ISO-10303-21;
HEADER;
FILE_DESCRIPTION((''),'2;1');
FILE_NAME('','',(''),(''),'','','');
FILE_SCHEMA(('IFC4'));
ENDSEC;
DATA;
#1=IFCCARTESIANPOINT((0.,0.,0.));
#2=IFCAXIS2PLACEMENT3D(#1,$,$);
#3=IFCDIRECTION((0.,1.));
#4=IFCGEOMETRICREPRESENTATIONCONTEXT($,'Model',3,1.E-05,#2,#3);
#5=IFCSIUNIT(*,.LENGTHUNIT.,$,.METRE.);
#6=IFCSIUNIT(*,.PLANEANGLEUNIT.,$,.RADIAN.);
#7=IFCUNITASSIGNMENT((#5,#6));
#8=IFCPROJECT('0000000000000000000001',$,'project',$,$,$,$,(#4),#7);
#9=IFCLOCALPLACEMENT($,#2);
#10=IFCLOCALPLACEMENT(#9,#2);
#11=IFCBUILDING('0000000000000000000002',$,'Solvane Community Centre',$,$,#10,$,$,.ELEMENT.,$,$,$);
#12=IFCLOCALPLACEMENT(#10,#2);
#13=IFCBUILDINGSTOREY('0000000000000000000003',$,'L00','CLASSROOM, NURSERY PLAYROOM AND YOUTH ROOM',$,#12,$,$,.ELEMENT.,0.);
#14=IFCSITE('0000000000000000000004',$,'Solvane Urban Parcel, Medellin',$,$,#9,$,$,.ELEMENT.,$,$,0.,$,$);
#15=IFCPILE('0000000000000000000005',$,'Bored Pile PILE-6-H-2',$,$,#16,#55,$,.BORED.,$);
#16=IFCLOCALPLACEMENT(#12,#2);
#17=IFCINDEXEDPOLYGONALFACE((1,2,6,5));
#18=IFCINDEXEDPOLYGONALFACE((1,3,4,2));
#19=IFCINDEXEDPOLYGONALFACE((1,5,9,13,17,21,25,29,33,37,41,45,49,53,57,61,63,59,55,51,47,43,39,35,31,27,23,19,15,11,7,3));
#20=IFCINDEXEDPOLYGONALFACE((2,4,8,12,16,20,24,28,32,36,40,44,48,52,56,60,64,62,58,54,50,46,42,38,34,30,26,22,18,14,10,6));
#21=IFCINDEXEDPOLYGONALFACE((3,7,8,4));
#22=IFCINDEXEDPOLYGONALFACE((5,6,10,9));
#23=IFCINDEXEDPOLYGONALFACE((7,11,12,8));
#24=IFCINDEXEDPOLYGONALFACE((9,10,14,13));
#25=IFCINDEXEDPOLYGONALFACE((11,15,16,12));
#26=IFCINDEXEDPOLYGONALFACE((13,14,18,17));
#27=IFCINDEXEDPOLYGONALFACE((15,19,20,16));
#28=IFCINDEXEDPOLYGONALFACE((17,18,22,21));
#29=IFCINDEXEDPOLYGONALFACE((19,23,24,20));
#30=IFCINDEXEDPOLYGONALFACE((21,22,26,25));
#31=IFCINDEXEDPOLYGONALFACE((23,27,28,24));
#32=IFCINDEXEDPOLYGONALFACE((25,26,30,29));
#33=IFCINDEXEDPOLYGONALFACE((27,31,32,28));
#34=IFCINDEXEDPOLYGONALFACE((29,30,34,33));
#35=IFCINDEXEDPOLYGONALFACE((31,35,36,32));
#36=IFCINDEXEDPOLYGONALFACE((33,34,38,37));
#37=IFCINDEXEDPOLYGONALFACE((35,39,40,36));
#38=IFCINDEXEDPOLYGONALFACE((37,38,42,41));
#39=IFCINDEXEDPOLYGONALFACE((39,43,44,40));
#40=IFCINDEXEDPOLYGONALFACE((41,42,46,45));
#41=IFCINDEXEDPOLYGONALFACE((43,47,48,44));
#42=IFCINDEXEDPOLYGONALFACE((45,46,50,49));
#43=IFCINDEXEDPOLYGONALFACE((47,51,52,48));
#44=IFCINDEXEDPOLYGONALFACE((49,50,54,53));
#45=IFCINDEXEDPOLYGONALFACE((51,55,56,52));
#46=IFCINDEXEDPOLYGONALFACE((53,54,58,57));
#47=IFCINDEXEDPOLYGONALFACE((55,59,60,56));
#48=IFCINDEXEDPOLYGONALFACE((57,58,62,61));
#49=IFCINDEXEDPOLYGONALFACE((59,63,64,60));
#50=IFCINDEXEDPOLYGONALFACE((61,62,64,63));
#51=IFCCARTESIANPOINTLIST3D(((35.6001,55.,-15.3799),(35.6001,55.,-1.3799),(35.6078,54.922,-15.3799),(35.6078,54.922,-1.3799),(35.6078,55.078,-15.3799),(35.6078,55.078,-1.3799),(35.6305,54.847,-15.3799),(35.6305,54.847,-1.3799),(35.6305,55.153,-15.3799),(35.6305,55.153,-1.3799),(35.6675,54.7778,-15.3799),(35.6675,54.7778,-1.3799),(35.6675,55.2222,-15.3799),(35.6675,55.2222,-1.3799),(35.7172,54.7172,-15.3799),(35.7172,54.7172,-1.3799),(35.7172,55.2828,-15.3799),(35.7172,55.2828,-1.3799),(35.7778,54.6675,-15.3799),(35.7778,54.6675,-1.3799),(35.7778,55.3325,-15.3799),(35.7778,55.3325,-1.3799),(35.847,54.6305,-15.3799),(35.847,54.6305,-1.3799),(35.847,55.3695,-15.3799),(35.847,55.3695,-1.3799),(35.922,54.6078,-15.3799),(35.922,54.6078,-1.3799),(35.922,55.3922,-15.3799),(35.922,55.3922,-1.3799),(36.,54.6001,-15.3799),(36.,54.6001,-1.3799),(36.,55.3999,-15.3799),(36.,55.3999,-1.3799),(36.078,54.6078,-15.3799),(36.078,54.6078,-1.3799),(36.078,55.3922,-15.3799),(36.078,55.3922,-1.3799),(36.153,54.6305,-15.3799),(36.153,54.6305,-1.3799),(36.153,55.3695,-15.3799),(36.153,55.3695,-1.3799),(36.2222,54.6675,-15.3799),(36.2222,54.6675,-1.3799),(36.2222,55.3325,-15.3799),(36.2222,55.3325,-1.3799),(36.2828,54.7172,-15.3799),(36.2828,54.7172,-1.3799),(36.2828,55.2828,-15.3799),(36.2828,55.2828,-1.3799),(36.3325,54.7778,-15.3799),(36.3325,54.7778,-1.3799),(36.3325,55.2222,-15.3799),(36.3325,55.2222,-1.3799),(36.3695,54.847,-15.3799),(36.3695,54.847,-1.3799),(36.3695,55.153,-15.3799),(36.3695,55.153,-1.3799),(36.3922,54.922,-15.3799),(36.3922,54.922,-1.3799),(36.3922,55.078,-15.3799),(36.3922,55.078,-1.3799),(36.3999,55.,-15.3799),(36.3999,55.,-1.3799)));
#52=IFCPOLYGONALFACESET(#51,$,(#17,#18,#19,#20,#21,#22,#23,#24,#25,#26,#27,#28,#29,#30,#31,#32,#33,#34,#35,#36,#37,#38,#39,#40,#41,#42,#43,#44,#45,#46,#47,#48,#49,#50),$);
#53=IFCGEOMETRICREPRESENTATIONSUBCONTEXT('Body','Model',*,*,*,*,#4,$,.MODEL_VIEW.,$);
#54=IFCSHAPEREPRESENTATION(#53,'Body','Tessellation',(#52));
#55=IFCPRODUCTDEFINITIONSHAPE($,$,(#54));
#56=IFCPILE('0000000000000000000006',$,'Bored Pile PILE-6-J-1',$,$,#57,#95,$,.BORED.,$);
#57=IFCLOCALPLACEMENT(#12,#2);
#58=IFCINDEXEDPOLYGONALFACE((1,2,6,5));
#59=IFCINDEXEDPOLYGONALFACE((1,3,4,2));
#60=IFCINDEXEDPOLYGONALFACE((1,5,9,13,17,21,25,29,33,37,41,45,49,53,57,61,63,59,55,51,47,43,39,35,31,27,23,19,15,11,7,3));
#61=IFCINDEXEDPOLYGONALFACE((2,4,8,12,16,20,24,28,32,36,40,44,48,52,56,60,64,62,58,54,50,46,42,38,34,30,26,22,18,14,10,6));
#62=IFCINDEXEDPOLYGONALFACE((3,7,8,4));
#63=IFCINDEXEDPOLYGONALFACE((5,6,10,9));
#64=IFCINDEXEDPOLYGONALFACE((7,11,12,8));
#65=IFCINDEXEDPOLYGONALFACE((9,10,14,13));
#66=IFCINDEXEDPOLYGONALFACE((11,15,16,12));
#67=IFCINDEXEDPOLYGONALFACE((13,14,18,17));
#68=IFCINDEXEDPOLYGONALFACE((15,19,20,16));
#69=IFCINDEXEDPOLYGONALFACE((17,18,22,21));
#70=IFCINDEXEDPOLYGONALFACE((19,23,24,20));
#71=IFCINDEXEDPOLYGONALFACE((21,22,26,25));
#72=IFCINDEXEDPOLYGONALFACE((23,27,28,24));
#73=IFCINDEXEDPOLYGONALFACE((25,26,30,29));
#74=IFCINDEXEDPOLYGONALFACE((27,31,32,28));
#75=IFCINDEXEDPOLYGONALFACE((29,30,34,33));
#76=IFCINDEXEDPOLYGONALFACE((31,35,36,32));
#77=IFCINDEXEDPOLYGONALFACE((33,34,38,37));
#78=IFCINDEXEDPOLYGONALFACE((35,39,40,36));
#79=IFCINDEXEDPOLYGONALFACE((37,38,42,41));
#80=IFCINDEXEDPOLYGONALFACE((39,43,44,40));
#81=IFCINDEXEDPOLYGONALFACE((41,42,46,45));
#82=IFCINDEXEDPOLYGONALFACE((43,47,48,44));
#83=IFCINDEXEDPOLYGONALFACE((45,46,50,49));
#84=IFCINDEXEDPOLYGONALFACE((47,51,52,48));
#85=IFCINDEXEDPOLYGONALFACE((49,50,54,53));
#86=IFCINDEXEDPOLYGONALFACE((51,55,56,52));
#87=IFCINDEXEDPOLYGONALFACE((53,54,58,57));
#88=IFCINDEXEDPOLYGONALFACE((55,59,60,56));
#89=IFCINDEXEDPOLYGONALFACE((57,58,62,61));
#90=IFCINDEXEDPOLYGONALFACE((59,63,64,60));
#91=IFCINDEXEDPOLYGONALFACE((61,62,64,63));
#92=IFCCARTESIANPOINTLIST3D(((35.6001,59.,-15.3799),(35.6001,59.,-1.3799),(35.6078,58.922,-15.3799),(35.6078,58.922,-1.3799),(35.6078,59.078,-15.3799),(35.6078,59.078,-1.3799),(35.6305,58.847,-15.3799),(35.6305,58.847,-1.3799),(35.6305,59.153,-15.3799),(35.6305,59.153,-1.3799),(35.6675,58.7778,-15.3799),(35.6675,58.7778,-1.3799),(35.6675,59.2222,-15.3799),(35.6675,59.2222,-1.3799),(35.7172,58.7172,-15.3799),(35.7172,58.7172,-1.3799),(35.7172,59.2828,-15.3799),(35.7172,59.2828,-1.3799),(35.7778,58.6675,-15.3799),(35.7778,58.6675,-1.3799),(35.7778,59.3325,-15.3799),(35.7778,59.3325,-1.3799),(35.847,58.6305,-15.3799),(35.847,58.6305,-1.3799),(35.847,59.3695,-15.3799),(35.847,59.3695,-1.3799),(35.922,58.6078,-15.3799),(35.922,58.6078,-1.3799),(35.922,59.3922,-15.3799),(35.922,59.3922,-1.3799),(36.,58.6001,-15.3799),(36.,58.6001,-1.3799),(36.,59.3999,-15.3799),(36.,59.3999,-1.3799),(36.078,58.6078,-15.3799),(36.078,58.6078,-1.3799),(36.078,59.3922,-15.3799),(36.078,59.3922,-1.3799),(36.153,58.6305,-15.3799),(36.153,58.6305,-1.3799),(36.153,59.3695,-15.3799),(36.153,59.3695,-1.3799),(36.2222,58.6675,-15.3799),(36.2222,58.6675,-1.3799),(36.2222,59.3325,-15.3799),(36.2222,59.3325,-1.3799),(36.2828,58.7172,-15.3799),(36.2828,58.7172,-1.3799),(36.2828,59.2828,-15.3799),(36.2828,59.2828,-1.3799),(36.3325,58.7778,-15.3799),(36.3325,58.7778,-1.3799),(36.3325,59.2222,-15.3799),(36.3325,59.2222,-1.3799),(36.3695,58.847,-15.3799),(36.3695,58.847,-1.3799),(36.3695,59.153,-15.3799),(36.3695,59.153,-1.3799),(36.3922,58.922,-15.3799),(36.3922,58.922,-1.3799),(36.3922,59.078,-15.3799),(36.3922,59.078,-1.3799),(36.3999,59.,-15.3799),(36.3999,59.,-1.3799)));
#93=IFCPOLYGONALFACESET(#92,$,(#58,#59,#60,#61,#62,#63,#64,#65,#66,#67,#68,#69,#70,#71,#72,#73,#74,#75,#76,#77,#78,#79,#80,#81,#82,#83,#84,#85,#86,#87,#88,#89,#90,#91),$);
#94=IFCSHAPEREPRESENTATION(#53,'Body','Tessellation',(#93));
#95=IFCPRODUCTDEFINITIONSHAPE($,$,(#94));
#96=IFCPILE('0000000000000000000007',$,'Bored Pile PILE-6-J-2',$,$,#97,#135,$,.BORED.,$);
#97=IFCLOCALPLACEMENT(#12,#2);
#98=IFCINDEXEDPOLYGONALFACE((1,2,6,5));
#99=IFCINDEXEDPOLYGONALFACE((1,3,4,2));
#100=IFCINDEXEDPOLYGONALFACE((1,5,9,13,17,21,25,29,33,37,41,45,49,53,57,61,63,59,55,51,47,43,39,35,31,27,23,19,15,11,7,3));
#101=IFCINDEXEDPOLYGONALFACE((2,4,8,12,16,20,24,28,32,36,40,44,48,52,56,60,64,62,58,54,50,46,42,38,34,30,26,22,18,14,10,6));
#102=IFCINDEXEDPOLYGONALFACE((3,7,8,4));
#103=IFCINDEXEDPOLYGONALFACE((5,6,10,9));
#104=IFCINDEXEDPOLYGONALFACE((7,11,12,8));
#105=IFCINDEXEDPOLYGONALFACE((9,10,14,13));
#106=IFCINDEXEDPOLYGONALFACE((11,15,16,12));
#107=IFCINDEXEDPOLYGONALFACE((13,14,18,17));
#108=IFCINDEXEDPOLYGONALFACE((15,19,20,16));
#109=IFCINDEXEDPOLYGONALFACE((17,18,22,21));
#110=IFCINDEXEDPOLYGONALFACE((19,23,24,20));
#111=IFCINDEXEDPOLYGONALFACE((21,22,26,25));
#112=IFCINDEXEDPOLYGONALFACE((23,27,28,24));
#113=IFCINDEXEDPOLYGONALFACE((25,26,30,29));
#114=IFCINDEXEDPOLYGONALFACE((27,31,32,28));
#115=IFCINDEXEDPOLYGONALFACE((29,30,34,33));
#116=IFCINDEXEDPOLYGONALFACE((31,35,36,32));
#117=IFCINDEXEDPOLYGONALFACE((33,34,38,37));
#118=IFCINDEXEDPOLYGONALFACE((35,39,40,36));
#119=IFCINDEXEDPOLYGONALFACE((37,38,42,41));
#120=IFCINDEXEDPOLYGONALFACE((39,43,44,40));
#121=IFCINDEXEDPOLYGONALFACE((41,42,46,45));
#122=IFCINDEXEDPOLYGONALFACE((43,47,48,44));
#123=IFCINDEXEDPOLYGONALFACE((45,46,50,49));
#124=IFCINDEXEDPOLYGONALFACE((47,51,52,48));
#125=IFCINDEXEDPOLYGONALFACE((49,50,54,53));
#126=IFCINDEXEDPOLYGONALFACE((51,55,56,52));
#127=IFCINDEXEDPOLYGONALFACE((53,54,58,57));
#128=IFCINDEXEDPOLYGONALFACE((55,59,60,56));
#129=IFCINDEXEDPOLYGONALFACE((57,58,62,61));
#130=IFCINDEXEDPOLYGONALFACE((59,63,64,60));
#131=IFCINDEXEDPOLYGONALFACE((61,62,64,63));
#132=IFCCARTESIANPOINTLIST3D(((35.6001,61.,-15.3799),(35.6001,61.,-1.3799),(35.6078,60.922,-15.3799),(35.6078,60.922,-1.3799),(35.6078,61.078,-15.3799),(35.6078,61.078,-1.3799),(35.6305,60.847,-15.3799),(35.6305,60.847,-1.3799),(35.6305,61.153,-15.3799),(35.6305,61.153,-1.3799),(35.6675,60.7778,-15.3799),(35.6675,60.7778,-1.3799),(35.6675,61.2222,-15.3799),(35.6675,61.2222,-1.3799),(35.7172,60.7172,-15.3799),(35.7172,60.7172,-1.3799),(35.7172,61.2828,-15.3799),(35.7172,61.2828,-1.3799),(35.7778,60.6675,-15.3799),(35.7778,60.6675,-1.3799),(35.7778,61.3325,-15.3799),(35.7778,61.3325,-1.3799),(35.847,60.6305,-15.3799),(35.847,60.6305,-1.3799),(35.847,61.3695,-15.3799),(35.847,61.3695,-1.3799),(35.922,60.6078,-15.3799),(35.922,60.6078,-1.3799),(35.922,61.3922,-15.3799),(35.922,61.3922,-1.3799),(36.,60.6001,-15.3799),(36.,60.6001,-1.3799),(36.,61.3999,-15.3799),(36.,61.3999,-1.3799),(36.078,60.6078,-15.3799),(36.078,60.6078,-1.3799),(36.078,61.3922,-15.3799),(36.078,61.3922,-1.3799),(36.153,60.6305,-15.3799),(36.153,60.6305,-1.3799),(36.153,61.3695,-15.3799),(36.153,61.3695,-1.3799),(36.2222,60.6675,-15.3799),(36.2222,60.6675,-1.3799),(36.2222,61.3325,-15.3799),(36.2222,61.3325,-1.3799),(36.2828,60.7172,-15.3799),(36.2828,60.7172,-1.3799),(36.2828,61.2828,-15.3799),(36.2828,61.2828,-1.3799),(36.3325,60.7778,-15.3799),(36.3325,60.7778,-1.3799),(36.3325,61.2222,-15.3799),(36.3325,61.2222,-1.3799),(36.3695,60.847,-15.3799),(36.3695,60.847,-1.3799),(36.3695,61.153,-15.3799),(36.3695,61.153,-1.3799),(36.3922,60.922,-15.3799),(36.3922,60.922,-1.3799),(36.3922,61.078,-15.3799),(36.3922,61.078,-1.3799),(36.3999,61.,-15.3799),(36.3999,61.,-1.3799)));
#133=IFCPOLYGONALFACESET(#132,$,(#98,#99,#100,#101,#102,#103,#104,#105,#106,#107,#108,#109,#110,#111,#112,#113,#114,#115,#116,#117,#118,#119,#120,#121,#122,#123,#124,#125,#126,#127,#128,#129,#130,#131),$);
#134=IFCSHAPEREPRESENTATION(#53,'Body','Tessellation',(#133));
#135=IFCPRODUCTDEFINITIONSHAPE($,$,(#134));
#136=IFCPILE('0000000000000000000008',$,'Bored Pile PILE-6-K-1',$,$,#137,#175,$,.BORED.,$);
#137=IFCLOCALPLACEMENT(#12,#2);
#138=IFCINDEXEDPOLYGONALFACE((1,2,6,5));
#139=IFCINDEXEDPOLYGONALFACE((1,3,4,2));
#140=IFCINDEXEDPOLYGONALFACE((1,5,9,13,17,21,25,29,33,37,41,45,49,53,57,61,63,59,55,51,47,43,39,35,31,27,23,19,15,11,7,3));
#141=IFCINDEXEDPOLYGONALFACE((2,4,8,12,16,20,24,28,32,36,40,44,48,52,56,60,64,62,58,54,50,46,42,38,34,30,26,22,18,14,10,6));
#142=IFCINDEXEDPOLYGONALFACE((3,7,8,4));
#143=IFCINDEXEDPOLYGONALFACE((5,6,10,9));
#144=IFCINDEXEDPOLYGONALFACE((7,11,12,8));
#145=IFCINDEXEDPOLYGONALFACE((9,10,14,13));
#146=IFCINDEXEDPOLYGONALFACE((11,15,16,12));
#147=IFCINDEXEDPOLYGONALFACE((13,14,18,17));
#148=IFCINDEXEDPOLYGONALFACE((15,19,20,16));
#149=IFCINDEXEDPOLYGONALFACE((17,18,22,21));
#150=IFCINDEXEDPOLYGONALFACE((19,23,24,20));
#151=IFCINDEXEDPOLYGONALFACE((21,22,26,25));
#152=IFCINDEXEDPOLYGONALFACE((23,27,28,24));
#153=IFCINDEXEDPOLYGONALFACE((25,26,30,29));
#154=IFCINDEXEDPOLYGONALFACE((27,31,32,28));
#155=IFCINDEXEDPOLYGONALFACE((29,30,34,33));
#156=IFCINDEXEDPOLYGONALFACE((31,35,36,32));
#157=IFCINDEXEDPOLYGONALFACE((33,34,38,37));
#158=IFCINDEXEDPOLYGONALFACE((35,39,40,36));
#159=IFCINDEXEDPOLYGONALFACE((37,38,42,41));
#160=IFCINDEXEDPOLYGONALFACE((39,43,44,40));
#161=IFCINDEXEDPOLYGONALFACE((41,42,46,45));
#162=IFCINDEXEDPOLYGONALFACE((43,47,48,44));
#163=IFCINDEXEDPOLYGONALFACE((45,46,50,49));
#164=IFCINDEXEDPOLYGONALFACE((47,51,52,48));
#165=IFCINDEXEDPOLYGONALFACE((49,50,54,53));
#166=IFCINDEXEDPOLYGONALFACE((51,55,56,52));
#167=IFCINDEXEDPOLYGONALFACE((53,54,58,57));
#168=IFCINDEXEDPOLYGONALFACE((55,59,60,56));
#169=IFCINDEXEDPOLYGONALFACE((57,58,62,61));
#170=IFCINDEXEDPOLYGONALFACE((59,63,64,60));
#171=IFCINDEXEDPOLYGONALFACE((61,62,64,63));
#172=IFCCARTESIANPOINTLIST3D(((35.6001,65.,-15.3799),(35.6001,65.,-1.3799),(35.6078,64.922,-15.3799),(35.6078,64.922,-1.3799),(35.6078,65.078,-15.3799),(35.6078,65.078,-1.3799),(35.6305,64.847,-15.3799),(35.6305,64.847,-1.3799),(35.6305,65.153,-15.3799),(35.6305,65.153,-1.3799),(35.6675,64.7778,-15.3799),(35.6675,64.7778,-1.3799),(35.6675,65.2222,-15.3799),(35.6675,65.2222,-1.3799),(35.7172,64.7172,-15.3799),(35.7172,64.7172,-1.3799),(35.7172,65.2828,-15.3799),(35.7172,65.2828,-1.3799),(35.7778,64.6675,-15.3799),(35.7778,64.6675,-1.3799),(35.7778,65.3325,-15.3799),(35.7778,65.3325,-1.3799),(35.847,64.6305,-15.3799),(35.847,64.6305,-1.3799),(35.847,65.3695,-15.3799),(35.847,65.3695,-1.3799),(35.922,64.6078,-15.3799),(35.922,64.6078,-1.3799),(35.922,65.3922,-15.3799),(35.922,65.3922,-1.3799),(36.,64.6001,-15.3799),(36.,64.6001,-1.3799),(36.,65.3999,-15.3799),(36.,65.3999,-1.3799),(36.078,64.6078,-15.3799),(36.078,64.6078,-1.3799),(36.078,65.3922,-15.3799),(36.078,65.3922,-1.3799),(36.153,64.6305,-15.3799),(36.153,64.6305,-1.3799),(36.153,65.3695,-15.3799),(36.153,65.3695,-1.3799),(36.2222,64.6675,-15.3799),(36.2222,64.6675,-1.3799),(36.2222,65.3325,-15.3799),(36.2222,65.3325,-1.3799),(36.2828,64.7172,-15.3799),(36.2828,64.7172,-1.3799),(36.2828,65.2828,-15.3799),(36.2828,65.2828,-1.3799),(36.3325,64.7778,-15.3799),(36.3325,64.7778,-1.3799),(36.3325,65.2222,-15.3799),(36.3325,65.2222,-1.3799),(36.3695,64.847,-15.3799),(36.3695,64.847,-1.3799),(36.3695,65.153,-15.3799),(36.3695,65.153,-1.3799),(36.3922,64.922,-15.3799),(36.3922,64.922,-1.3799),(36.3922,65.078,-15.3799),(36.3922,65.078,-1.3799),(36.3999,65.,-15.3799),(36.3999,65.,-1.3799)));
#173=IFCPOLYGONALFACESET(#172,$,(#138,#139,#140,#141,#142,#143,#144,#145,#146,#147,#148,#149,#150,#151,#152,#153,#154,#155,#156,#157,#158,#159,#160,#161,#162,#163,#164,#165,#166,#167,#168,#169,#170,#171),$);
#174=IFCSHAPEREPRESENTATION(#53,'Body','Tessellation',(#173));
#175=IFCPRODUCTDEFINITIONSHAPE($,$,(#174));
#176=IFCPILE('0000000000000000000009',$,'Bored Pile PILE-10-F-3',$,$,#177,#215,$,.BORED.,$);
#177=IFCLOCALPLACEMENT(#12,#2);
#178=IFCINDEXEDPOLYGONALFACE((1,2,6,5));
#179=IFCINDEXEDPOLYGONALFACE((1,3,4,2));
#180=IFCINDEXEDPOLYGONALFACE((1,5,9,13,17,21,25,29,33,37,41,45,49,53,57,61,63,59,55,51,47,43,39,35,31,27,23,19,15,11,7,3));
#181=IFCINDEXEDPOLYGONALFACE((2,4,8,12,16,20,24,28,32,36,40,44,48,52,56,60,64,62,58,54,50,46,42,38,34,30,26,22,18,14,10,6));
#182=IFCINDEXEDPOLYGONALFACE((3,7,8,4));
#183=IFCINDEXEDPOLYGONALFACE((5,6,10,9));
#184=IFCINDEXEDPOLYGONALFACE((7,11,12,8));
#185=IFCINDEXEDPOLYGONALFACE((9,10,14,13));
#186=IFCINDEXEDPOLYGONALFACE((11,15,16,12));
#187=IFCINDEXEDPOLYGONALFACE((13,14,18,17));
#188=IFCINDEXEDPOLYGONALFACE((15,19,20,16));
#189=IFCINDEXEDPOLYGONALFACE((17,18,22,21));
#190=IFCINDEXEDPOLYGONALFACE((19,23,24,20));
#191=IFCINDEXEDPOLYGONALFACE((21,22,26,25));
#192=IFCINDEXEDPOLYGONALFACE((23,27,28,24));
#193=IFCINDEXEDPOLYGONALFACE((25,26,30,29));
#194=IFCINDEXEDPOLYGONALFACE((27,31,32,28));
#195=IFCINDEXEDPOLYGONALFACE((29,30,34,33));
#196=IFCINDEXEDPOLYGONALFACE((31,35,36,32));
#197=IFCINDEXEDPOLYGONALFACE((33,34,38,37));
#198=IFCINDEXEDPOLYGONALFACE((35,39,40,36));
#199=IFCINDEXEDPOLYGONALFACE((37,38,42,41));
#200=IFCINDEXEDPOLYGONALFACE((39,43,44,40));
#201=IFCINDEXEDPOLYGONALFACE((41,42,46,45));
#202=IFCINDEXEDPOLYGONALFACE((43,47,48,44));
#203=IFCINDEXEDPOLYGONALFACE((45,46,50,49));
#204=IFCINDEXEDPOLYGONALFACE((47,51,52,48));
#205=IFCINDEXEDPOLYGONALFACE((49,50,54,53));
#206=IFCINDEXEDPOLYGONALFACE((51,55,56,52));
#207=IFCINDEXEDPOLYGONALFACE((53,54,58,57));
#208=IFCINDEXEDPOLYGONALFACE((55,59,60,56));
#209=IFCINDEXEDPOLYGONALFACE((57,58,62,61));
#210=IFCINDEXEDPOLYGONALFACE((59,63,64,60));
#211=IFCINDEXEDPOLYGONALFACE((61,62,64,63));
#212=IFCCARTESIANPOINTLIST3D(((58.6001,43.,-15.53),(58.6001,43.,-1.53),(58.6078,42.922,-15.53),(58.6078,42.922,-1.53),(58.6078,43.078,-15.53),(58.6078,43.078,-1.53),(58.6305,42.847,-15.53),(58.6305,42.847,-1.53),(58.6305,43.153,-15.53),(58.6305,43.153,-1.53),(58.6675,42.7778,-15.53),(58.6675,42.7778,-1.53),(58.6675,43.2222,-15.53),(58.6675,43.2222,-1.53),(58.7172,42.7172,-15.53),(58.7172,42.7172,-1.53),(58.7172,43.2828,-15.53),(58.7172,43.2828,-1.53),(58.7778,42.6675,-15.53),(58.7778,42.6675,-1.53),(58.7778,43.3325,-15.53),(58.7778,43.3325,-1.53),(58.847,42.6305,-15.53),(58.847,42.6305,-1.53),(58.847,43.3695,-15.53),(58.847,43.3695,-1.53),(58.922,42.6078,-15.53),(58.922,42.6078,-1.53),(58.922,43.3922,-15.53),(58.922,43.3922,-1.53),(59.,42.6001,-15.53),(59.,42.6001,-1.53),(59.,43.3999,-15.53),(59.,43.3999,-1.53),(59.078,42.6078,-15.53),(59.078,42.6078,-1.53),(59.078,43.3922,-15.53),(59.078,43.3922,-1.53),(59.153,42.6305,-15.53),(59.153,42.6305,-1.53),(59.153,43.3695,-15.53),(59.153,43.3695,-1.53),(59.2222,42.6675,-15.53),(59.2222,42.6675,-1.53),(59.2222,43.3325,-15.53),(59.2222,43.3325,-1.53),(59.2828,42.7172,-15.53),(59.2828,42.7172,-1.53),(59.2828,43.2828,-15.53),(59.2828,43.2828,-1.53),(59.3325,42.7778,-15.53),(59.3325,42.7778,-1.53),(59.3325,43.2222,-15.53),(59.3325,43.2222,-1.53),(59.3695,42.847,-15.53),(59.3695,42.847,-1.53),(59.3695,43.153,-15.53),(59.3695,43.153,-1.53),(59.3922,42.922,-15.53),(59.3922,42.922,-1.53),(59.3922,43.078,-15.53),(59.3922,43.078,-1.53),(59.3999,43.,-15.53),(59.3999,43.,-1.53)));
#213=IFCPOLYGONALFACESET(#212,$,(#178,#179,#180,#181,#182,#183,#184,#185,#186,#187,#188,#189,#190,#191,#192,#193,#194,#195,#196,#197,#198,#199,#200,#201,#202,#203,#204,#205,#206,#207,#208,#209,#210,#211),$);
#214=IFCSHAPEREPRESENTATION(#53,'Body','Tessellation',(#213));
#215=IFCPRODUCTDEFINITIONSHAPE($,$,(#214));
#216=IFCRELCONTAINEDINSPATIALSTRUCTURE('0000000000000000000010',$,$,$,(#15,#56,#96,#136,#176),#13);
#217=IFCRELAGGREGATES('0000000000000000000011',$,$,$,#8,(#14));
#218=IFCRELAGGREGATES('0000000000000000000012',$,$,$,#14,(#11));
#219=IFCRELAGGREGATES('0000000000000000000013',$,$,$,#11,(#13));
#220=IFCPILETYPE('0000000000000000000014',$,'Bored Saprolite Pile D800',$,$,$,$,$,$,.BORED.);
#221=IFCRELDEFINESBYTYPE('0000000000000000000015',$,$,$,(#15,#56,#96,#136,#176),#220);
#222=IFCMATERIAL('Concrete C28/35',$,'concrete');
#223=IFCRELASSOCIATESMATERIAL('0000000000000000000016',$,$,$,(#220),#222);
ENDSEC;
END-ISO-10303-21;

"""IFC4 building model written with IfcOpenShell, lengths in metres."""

from ifc_helpers import new_model, si_unit, direction, frame, origin, origin_2d, place, context, subcontext, project, spatial, circle, extrude, material, material_profile, profile_set, type_object, element, save


model = new_model("IFC4")

# Units and contexts
model_context = context("Model", 3, precision=1e-05, world=origin(), true_north=direction((0.0, 1.0)))
body_context = subcontext(model_context, "Body", "Model", "MODEL_VIEW")
ifc_project = project(units=[si_unit("LENGTHUNIT", "METRE"), si_unit("PLANEANGLEUNIT", "RADIAN")], contexts=[model_context])

# Site, building, storey
site_placement = place(None, origin())
site = spatial("IfcSite", under=ifc_project, at=site_placement, Name="Solvane Urban Parcel, Medellin", CompositionType="ELEMENT", RefElevation=0.0)
building_placement = place(site_placement, origin())
building = spatial("IfcBuilding", under=site, at=building_placement, Name="Solvane Community Centre", CompositionType="ELEMENT")
storey_placement = place(building_placement, origin())
storey = spatial("IfcBuildingStorey", under=building, at=storey_placement, Name="L00", Description="CLASSROOM, NURSERY PLAYROOM AND YOUTH ROOM", CompositionType="ELEMENT", Elevation=0.0)

# Piles
ifc_material_1 = material(Name="Concrete C28/35", Category="concrete")
ifc_material_profile_1 = material_profile(ifc_material_1, circle(Radius=0.3999, at=origin_2d()), Name="PILE D800")
ifc_profile_set_1 = profile_set([ifc_material_profile_1], Name="Concrete C28/35")
pile_type = type_object("IfcPileType", Name="Bored Saprolite Pile D800", PredefinedType="BORED", material=ifc_profile_set_1)
for number, where, z_axis, x_axis, name in (
    (1, (36.0, 55.0, -1.3799), (0.0, 0.0, -1.0), (1.0, 0.0, 0.0), "Bored Pile PILE-6-H-2"),
    (2, (36.0, 59.0, -1.3799), (0.0, 0.0, -1.0), (1.0, 0.0, 0.0), "Bored Pile PILE-6-J-1"),
    (3, (36.0, 61.0, -1.3799), (0.0, 0.0, -1.0), (1.0, 0.0, 0.0), "Bored Pile PILE-6-J-2"),
    (4, (36.0, 65.0, -1.3799), (0.0, 0.0, -1.0), (1.0, 0.0, 0.0), "Bored Pile PILE-6-K-1"),
    (5, (59.0, 43.0, -1.53), (0.0, 0.0, -1.0), (1.0, 0.0, 0.0), "Bored Pile PILE-10-F-3"),
):
    element("IfcPile", number, at=place(storey_placement, frame(where, z_axis=z_axis, x_axis=x_axis)), inside=storey, type_object=pile_type, Name=name, PredefinedType="BORED", context=body_context, shape_type="SweptSolid", body=[
        extrude(circle(Radius=0.3999, at=origin_2d()), origin(), (0.0, 0.0, 1.0), 14.0),
    ])

save(model, "model.ifc")
